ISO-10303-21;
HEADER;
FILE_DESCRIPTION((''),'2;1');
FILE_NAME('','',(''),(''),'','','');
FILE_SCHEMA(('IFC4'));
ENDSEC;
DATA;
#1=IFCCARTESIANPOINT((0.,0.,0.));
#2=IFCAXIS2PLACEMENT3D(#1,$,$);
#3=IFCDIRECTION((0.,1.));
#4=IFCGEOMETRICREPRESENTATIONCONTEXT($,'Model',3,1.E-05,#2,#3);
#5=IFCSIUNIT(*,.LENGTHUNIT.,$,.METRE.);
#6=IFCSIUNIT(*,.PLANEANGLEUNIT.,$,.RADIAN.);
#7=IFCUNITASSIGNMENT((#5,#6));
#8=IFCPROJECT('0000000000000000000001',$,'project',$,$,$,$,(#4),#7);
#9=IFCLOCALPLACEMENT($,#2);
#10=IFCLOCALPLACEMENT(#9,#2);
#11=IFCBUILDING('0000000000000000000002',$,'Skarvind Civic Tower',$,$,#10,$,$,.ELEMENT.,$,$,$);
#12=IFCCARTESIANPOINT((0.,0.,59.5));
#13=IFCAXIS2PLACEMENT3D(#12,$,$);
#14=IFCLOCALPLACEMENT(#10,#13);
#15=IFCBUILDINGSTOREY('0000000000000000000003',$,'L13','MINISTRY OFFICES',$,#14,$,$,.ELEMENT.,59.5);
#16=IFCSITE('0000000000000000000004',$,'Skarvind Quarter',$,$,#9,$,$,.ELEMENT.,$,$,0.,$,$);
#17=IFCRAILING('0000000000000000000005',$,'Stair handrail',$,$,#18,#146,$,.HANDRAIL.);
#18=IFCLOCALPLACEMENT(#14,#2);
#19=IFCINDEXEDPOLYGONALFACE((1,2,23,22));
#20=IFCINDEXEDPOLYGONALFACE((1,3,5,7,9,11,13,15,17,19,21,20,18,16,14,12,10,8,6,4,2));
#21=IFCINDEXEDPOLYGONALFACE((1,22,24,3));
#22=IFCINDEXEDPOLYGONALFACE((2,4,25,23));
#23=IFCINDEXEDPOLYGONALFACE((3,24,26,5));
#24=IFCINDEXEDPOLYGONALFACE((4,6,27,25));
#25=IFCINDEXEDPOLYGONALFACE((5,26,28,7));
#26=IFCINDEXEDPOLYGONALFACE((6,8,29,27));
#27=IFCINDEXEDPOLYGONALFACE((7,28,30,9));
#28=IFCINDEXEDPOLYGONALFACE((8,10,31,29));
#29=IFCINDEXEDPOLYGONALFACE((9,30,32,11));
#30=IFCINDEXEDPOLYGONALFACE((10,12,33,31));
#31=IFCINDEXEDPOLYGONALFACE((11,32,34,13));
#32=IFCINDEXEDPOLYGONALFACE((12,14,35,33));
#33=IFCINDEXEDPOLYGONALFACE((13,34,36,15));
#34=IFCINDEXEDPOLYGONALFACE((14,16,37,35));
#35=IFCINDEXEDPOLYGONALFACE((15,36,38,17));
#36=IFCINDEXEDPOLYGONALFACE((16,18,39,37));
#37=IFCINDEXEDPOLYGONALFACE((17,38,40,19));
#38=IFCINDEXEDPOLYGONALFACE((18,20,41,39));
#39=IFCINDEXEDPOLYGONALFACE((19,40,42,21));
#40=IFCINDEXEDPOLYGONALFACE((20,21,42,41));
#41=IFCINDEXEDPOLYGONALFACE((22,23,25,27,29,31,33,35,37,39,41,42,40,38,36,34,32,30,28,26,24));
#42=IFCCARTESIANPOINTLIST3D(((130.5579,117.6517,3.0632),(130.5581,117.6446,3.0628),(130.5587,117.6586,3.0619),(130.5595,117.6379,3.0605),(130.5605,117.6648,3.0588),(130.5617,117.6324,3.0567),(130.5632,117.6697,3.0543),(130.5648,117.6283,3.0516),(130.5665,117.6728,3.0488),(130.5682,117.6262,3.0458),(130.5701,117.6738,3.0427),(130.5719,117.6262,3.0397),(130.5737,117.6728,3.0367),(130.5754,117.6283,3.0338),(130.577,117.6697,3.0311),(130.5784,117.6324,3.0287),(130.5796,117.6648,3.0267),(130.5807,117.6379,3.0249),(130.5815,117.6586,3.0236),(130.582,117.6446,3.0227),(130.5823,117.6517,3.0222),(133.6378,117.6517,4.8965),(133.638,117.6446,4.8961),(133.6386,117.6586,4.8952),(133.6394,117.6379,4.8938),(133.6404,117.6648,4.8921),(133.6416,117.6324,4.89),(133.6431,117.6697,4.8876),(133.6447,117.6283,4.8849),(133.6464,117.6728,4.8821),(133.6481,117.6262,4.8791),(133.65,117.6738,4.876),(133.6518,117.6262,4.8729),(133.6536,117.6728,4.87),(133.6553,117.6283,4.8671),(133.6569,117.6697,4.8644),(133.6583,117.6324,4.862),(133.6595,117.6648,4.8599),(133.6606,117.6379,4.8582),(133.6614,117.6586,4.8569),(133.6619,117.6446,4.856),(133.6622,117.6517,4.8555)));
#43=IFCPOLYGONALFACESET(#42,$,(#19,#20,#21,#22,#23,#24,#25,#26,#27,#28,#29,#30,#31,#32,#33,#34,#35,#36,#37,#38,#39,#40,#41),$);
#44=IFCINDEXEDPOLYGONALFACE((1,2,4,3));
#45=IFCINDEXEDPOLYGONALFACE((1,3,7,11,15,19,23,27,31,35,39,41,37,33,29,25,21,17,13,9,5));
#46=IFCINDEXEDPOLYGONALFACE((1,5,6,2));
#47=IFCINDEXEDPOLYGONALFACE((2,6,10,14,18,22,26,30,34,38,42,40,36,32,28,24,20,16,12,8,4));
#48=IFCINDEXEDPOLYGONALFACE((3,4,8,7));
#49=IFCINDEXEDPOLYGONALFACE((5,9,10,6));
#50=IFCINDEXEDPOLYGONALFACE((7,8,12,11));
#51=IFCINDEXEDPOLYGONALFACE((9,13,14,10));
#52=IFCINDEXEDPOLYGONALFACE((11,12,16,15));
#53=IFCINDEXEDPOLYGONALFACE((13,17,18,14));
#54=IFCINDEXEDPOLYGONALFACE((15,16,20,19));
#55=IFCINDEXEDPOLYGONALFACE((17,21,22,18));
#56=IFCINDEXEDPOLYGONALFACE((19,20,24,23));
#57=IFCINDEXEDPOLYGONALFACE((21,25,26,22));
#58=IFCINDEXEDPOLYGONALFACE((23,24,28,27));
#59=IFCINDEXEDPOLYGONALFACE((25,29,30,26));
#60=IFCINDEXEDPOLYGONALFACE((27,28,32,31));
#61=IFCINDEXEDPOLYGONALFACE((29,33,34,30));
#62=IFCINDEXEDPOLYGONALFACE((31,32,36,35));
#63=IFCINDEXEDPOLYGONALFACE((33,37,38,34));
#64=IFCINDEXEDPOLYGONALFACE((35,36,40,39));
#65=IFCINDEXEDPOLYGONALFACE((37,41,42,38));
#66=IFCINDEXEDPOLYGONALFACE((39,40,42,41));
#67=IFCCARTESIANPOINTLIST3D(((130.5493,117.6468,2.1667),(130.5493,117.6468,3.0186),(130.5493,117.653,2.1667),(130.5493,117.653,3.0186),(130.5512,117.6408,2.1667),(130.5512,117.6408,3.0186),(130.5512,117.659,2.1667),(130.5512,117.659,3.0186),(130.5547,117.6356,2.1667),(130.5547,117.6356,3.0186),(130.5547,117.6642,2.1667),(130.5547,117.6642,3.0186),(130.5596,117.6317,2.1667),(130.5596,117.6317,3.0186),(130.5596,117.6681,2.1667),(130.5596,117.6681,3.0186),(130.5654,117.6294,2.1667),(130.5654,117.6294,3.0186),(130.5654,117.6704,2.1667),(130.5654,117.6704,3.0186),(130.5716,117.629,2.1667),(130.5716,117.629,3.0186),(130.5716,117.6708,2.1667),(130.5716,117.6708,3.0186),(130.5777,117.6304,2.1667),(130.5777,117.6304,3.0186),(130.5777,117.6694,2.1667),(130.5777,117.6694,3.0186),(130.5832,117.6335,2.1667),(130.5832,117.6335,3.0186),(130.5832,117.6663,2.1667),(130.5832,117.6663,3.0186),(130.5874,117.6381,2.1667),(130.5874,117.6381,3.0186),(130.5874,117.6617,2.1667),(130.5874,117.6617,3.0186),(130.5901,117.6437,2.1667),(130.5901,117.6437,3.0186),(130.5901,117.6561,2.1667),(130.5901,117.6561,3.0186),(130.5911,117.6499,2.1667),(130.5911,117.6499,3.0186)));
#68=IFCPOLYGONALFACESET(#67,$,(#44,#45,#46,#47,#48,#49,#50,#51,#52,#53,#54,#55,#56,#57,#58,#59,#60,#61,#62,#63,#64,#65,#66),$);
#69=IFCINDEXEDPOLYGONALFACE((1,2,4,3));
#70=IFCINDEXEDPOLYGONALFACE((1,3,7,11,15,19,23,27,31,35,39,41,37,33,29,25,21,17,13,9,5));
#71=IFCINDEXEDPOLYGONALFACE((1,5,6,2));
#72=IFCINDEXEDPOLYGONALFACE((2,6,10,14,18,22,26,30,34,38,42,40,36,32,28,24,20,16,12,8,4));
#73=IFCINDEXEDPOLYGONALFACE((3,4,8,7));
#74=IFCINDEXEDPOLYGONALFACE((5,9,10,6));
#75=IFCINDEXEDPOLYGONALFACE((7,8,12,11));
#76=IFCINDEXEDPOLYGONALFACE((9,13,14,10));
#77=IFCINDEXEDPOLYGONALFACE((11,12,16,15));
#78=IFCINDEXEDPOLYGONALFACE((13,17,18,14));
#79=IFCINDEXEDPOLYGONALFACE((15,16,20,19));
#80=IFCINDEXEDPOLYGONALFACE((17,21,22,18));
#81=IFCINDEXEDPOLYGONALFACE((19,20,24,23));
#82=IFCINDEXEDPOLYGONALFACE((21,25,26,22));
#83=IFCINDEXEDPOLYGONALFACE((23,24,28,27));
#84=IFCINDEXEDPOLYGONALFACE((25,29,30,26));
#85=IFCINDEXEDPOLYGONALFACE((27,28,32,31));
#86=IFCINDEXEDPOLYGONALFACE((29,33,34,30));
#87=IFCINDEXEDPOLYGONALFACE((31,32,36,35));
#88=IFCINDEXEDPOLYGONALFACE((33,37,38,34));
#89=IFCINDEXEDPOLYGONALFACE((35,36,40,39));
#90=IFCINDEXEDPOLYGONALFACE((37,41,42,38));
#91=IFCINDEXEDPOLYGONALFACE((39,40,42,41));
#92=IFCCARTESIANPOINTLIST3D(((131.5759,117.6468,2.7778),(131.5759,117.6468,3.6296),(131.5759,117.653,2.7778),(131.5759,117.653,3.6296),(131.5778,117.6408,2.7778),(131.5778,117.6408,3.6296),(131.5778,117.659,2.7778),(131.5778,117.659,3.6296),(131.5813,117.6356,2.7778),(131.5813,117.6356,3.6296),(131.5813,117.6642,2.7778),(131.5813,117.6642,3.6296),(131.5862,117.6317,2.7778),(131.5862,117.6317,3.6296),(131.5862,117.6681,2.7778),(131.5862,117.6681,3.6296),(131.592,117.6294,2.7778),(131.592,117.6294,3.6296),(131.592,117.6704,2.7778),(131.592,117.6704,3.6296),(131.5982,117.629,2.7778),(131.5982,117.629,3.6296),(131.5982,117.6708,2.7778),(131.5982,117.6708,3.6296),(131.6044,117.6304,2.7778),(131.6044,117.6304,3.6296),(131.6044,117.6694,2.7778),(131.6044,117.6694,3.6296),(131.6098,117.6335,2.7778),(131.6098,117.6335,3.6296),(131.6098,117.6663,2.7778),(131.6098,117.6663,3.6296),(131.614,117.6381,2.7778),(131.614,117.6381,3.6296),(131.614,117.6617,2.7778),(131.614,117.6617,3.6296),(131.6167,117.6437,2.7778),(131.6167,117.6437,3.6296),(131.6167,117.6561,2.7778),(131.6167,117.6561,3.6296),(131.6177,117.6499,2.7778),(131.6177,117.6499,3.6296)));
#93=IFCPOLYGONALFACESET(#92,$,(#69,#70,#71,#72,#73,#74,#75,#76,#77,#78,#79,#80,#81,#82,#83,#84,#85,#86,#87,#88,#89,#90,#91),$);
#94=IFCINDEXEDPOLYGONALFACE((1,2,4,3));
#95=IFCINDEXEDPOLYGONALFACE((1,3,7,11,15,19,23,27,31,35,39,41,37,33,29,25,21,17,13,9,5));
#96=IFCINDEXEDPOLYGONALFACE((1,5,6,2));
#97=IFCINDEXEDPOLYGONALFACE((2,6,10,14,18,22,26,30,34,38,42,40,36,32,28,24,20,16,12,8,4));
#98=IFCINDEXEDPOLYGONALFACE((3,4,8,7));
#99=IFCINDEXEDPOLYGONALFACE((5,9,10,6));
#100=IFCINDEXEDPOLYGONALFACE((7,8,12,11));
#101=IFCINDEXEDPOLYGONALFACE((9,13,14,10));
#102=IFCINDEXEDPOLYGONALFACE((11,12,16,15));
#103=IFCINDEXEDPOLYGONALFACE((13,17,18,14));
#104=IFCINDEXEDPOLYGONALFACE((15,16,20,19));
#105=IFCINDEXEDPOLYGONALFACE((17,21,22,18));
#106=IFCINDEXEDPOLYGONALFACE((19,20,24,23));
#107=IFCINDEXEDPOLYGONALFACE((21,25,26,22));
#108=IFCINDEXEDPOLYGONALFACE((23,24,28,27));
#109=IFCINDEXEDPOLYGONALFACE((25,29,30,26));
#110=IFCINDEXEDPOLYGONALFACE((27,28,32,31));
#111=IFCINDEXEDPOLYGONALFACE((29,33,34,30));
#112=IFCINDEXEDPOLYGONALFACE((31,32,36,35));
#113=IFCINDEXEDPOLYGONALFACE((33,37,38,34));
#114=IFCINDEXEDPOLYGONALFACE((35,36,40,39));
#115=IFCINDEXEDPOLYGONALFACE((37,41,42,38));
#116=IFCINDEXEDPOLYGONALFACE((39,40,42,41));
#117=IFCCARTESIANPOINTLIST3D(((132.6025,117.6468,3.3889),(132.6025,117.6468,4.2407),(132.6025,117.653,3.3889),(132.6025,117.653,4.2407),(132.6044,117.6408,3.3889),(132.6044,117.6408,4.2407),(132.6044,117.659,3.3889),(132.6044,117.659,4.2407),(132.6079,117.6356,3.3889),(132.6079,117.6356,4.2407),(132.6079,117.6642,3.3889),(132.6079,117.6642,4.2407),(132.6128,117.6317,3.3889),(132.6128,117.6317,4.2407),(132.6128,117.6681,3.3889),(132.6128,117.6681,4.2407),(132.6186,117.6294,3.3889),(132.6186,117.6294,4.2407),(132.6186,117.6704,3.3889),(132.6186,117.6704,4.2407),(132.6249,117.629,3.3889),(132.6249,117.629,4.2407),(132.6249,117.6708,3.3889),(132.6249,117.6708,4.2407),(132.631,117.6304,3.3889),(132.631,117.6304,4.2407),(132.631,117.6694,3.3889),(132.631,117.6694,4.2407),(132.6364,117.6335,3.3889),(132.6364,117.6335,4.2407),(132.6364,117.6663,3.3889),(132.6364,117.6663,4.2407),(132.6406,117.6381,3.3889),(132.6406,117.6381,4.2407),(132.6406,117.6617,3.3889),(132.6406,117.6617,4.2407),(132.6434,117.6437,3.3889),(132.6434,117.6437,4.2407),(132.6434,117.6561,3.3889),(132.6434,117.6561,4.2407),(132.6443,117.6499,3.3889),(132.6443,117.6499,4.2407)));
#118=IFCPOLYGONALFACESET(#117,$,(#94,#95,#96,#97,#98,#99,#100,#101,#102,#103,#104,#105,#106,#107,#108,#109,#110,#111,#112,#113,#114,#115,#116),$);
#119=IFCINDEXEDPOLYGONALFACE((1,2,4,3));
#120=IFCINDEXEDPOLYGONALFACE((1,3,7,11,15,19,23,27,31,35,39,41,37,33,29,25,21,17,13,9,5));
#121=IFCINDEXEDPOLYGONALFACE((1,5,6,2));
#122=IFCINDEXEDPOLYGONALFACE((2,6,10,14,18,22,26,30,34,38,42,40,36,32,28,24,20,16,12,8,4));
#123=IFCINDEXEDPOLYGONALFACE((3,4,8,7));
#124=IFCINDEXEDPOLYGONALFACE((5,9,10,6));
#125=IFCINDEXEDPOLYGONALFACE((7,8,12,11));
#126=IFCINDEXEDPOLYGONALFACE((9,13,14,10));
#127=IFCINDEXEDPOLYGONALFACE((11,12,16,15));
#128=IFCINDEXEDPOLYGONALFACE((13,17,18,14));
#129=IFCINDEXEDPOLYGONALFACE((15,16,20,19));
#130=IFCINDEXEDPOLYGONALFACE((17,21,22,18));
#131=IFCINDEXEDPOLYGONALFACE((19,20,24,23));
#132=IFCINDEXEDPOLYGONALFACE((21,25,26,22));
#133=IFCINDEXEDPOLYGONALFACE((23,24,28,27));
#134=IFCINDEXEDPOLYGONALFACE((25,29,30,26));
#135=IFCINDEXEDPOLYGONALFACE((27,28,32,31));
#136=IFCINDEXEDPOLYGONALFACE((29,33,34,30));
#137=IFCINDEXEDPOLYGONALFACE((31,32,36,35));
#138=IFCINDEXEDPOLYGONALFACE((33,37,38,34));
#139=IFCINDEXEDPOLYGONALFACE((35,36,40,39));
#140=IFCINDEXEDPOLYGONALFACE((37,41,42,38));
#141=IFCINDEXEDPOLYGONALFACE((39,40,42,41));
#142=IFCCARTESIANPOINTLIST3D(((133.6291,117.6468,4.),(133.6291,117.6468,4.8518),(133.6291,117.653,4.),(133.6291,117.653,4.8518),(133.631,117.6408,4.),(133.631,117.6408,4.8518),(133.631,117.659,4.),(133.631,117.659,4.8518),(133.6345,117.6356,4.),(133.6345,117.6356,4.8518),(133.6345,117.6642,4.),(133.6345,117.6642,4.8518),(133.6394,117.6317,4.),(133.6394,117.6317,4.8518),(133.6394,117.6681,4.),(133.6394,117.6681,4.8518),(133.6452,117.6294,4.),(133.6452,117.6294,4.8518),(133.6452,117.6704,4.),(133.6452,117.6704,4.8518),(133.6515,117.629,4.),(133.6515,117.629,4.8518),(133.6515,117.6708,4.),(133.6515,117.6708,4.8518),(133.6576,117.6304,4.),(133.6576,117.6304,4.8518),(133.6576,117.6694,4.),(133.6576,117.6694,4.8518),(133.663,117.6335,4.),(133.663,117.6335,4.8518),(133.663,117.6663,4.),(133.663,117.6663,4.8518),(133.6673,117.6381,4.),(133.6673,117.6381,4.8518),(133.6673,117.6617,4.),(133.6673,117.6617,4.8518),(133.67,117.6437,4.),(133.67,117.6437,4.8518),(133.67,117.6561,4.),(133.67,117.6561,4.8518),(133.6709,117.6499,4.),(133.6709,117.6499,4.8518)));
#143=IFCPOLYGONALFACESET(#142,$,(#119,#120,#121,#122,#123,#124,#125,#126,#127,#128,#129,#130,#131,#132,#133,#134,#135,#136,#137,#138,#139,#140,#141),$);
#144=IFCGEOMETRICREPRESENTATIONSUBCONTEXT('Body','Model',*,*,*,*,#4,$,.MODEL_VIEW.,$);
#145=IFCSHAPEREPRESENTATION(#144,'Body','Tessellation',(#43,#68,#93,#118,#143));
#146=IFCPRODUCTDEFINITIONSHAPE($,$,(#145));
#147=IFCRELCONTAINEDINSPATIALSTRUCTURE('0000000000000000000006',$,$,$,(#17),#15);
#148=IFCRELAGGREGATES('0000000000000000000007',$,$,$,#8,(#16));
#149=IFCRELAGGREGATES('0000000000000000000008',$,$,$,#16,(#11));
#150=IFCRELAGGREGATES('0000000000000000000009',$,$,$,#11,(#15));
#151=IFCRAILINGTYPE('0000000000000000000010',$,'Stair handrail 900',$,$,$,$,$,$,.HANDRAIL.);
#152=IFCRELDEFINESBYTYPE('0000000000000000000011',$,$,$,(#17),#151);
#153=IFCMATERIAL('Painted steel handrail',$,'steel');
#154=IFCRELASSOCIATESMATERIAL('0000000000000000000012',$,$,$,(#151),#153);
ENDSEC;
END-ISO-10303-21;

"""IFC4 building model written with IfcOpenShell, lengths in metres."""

from ifc_helpers import new_model, si_unit, direction, frame, origin, origin_2d, place, context, subcontext, project, spatial, circle, extrude, material, type_object, element, save


model = new_model("IFC4")

# Units and contexts
model_context = context("Model", 3, precision=1e-05, world=origin(), true_north=direction((0.0, 1.0)))
body_context = subcontext(model_context, "Body", "Model", "MODEL_VIEW")
ifc_project = project(units=[si_unit("LENGTHUNIT", "METRE"), si_unit("PLANEANGLEUNIT", "RADIAN")], contexts=[model_context])

# Site, building, storey
site_placement = place(None, origin())
site = spatial("IfcSite", under=ifc_project, at=site_placement, Name="Skarvind Quarter", CompositionType="ELEMENT", RefElevation=0.0)
building_placement = place(site_placement, origin())
building = spatial("IfcBuilding", under=site, at=building_placement, Name="Skarvind Civic Tower", CompositionType="ELEMENT")
storey_placement = place(building_placement, frame((0.0, 0.0, 59.5)))
storey = spatial("IfcBuildingStorey", under=building, at=storey_placement, Name="L13", Description="MINISTRY OFFICES", CompositionType="ELEMENT", Elevation=59.5)

# Railing
ifc_material_1 = material(Name="Painted steel handrail", Category="steel")
railing_type = type_object("IfcRailingType", Name="Stair handrail 900", PredefinedType="HANDRAIL", material=ifc_material_1)
railing_1_placement = place(storey_placement, frame((130.5701, 117.6499, 2.1667)))
element("IfcRailing", 1, at=railing_1_placement, inside=storey, type_object=railing_type, Name="Stair handrail", PredefinedType="HANDRAIL", context=body_context, shape_type="SweptSolid", body=[
    extrude(circle(Radius=0.0239, at=origin_2d()), frame((0.0, 0.0, 0.876), z_axis=(0.859291, 0.0, 0.511487), x_axis=(0.0, 1.0, 0.0)), (0.0, 0.0, 1.0), 3.5842),
    extrude(circle(Radius=0.021, at=origin_2d()), origin(), (0.0, 0.0, 1.0), 0.8518),
    extrude(circle(Radius=0.021, at=origin_2d()), frame((1.0266, 0.0, 0.6111)), (0.0, 0.0, 1.0), 0.8518),
    extrude(circle(Radius=0.021, at=origin_2d()), frame((2.0532, 0.0, 1.2222)), (0.0, 0.0, 1.0), 0.8518),
    extrude(circle(Radius=0.021, at=origin_2d()), frame((3.0798, 0.0, 1.8333)), (0.0, 0.0, 1.0), 0.8518),
])

save(model, "model.ifc")
